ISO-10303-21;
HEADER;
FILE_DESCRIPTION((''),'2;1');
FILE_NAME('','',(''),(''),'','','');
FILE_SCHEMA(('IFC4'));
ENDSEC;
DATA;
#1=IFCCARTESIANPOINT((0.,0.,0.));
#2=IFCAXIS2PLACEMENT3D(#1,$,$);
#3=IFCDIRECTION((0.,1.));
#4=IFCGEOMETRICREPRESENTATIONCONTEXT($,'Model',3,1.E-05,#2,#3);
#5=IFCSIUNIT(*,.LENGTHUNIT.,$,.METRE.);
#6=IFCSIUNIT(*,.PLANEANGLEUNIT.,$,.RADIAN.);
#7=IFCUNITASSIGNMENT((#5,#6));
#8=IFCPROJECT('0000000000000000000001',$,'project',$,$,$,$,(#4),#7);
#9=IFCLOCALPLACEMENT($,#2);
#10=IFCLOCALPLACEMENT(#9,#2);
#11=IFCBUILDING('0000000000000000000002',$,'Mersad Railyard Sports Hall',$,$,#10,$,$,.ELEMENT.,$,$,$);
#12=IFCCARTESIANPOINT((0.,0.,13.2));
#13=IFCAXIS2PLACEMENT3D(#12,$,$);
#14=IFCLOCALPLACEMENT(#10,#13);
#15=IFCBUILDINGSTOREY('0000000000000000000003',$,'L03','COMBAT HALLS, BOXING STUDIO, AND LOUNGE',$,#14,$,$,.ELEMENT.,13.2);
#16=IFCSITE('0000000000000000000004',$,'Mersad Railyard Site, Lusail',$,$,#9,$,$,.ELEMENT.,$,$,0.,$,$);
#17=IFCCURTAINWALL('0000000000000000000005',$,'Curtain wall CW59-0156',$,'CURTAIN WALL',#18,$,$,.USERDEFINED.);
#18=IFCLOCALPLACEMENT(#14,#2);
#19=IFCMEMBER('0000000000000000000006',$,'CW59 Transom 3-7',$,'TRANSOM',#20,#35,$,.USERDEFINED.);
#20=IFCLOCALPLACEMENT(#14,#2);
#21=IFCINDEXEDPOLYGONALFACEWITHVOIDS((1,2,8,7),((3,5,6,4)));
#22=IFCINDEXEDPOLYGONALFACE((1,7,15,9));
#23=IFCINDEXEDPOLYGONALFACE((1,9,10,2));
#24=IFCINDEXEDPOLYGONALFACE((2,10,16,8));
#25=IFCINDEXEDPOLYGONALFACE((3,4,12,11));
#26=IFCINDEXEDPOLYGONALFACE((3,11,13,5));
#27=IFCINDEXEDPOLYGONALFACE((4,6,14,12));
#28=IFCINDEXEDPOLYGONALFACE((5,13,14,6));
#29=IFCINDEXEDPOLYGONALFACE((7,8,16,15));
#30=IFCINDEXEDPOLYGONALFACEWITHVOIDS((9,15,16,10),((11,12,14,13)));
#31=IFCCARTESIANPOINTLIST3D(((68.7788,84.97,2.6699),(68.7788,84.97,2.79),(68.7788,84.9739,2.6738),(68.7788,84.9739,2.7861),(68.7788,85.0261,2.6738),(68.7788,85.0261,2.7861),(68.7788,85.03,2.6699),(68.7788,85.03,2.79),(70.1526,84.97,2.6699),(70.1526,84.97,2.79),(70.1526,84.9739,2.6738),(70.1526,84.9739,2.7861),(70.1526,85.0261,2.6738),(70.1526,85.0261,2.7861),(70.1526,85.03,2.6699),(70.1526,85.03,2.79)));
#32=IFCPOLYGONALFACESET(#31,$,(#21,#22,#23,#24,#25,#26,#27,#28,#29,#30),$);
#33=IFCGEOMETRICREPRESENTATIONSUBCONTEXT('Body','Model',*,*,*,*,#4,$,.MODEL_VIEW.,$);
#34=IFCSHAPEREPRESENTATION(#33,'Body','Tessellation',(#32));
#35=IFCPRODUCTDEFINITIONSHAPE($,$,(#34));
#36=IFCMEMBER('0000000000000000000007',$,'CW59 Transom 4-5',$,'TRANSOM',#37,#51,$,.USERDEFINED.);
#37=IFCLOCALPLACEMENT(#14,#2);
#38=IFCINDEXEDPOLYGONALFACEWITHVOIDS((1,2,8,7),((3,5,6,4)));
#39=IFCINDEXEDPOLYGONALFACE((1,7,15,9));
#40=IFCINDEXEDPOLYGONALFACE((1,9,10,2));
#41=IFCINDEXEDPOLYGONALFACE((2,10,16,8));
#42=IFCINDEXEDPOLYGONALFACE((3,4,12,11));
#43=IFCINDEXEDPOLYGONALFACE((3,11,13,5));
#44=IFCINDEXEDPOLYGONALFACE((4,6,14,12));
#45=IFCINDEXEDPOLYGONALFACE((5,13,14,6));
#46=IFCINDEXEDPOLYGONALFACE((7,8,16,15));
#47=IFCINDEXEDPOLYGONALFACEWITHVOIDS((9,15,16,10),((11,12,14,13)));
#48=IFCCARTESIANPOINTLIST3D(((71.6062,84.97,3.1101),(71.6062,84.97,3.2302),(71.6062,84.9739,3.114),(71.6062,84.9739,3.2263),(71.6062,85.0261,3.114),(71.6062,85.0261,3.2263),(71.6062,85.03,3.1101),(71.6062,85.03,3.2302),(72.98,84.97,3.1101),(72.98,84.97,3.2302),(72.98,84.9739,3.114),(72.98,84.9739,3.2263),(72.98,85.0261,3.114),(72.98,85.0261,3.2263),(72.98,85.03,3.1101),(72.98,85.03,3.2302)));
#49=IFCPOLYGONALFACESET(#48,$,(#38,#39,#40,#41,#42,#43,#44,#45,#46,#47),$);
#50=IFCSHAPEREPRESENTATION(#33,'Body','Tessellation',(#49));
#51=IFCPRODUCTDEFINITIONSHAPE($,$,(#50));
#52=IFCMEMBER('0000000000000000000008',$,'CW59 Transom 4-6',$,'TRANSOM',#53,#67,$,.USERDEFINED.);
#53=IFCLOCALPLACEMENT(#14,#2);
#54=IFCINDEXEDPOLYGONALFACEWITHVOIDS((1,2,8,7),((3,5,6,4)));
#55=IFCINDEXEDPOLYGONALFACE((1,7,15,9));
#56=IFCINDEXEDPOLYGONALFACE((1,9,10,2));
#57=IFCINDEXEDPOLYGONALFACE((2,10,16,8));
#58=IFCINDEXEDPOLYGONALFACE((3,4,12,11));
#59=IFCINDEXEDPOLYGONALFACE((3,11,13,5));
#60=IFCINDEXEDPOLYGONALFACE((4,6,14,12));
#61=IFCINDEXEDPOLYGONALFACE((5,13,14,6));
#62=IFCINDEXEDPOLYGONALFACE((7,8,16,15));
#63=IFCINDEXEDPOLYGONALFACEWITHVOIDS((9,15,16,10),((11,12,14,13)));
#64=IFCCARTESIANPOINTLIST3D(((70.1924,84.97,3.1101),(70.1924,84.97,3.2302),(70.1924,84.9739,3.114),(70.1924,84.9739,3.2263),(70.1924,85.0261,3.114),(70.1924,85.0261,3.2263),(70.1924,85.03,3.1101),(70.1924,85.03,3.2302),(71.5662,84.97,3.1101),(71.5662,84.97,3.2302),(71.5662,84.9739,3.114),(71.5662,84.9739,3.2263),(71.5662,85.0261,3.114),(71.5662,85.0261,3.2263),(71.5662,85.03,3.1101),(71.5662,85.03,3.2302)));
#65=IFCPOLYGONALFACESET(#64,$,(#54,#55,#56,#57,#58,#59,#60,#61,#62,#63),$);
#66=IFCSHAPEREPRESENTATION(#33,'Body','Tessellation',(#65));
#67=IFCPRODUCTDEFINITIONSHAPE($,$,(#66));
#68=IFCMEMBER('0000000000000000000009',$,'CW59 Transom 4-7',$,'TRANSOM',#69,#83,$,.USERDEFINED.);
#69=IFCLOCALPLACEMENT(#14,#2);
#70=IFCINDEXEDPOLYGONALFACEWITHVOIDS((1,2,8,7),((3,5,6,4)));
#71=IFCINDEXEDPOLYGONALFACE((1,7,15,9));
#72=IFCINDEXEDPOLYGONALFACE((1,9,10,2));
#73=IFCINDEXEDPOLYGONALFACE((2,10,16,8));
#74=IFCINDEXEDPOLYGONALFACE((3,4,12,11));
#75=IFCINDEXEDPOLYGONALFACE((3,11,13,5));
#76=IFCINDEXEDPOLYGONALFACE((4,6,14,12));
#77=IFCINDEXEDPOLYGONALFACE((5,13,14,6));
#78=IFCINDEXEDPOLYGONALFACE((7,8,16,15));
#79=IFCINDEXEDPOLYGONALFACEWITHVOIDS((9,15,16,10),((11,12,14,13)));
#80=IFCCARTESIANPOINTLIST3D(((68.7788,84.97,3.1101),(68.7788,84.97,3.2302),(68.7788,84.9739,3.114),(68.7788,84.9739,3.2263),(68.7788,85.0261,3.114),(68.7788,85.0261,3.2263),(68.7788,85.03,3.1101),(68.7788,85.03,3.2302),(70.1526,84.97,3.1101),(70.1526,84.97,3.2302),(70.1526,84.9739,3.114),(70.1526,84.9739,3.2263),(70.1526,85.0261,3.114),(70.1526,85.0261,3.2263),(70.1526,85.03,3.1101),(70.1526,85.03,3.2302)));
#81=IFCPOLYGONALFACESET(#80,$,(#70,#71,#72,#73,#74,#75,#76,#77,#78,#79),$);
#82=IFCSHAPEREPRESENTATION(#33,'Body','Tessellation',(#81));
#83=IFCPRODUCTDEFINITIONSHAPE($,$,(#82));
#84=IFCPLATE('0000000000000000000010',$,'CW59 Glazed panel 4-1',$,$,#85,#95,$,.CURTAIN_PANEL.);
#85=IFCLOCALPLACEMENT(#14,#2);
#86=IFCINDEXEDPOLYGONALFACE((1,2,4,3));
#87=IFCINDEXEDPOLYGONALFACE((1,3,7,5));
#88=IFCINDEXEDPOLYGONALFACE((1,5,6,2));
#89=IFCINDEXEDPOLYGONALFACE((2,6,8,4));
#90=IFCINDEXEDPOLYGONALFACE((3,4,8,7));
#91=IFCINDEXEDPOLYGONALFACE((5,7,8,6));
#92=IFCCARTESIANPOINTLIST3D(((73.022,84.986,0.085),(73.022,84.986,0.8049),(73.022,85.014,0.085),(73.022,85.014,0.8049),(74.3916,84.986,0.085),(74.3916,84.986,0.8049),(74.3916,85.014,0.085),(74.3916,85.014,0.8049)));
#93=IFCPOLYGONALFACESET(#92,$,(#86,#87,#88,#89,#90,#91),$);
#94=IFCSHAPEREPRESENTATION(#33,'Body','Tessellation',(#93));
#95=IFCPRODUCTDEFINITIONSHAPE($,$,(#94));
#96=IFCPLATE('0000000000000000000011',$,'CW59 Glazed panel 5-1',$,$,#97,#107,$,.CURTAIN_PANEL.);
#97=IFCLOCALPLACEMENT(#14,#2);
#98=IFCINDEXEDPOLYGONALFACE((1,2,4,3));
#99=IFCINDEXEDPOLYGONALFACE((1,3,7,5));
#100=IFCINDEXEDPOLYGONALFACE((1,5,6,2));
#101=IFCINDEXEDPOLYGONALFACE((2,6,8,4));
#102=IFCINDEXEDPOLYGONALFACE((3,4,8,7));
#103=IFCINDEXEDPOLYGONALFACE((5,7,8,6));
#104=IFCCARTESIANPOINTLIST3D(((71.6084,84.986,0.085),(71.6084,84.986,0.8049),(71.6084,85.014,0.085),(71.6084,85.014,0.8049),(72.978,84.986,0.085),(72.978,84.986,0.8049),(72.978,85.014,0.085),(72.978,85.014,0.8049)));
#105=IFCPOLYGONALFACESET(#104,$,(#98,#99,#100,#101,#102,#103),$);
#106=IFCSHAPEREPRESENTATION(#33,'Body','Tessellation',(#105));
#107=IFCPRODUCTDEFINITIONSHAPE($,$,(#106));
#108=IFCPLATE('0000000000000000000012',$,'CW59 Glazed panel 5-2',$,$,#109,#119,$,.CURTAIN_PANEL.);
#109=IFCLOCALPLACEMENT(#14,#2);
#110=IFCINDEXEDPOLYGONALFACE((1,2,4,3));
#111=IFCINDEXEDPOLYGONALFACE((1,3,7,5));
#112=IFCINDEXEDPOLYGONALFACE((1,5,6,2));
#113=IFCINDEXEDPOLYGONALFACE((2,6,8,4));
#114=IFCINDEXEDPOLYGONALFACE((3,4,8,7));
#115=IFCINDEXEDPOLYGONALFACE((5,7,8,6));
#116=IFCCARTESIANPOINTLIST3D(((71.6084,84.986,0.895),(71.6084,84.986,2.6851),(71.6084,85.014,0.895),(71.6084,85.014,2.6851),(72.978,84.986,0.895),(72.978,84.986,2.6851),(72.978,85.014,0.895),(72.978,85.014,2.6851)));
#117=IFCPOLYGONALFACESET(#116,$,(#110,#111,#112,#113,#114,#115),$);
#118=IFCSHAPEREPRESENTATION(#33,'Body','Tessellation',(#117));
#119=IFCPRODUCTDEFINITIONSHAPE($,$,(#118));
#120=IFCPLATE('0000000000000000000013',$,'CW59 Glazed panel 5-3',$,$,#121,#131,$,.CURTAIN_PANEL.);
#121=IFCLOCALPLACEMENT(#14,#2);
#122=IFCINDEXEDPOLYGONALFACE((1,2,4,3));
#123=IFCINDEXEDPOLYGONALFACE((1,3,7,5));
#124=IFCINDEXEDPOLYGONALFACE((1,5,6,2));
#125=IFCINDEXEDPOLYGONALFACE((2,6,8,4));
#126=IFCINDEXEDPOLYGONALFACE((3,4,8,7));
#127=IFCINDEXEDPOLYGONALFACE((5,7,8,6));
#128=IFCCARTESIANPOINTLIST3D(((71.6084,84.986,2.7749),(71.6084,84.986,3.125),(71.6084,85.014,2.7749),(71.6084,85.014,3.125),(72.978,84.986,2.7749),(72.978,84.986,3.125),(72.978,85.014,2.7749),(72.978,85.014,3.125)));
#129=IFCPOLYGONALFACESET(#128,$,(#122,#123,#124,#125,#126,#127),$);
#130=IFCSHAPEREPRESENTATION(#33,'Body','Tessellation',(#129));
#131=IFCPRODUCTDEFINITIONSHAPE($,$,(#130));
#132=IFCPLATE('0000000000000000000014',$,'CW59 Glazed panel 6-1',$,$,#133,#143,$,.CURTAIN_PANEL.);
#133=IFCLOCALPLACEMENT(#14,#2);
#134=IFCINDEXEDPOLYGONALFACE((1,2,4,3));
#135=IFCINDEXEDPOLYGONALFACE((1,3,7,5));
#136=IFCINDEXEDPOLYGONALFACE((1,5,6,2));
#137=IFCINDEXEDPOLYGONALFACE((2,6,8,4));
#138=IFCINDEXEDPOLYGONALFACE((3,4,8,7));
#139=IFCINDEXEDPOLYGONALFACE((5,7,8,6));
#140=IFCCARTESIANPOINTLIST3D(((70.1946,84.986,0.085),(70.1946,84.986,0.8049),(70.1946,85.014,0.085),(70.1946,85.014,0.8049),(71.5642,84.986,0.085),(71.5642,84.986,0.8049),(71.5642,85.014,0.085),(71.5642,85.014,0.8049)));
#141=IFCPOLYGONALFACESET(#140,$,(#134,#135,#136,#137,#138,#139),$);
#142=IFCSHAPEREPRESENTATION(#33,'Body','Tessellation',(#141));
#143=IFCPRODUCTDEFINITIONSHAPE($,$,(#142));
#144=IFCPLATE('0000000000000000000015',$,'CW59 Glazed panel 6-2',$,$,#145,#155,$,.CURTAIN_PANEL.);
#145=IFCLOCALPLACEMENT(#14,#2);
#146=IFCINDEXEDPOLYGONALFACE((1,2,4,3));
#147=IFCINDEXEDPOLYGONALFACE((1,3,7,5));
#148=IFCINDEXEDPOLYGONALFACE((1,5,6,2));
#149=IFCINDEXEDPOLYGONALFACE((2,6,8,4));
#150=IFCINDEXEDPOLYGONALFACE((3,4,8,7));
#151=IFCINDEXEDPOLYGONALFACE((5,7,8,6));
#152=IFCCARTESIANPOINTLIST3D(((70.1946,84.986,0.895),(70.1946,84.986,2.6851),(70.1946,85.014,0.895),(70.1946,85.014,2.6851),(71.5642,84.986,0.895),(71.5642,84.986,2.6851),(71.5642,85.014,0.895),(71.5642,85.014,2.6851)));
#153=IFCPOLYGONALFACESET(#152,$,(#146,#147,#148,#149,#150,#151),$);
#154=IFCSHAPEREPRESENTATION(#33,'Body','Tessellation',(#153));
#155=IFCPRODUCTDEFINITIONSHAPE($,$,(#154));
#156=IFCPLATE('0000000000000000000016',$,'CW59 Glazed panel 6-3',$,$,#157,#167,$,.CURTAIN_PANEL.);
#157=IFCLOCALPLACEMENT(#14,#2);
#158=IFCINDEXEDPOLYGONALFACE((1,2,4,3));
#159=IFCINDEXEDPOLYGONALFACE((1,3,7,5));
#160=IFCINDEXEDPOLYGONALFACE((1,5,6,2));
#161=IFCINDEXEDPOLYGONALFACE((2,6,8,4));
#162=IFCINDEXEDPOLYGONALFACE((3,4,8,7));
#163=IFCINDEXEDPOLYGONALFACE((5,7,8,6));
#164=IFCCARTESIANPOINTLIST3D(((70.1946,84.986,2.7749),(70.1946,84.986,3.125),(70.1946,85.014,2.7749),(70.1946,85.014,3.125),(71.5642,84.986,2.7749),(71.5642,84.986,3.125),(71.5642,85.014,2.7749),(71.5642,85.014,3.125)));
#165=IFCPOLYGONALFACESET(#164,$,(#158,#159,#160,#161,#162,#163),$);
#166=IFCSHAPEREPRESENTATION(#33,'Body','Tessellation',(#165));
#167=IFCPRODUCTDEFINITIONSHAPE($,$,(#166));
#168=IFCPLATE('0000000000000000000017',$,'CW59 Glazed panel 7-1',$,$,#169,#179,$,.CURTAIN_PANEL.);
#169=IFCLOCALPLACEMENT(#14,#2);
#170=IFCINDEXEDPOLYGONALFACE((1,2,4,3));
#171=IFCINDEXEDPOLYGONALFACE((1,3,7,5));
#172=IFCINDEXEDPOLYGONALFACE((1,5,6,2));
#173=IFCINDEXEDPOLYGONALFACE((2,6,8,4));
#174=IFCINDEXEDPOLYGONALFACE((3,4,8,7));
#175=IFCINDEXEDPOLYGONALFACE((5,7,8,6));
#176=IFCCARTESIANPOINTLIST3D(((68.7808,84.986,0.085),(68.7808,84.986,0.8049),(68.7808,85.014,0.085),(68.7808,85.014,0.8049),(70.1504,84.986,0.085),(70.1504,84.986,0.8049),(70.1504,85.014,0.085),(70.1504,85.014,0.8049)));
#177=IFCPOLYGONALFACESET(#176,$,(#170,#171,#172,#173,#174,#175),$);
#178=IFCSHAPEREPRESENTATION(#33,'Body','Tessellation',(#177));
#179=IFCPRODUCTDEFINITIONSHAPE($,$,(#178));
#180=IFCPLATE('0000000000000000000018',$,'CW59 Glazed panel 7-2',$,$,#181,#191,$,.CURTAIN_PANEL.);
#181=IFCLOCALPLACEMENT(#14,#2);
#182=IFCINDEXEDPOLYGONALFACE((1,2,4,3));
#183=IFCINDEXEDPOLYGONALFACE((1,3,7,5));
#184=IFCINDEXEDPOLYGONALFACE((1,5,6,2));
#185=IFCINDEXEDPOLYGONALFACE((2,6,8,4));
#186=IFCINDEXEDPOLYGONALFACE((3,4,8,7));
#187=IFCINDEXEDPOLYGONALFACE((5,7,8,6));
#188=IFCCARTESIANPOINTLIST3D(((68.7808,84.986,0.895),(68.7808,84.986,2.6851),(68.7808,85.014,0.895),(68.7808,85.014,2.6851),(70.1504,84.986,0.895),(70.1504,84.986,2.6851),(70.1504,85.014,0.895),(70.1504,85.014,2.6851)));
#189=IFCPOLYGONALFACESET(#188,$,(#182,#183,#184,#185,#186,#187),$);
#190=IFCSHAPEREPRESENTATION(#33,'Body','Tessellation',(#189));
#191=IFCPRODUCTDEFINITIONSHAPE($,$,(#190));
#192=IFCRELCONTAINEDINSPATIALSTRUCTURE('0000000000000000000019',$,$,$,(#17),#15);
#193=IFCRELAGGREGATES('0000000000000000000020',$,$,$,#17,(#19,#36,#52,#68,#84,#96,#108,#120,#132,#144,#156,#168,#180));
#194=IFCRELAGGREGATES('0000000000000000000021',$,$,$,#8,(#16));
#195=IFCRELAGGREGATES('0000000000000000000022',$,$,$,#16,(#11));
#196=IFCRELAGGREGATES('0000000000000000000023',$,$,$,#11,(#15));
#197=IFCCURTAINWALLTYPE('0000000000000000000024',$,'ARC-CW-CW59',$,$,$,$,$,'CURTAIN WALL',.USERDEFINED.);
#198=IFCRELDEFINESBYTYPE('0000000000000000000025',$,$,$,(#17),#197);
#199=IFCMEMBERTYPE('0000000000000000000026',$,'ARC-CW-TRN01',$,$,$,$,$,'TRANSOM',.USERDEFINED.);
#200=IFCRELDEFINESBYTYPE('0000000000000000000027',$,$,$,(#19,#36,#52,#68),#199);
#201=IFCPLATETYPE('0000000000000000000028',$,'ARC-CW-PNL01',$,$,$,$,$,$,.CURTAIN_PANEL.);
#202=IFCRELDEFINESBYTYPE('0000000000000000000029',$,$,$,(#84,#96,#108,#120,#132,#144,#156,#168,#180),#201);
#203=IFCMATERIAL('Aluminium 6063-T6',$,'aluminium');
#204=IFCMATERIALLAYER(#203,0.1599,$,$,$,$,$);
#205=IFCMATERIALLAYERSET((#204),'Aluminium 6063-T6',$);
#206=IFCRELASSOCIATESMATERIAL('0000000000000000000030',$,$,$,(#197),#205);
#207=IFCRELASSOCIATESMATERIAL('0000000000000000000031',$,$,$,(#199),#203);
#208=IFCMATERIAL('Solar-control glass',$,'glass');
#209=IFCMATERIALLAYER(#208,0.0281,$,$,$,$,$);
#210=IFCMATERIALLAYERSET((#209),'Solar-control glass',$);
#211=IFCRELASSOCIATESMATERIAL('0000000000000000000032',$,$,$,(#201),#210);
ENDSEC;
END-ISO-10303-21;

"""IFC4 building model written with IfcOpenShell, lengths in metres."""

from ifc_helpers import new_model, si_unit, direction, frame, origin, origin_2d, place, context, subcontext, project, spatial, rectangle, hollow_rectangle, extrude, material, layer, layer_set, material_profile, profile_set, type_object, element, aggregate, save


model = new_model("IFC4")

# Units and contexts
model_context = context("Model", 3, precision=1e-05, world=origin(), true_north=direction((0.0, 1.0)))
body_context = subcontext(model_context, "Body", "Model", "MODEL_VIEW")
ifc_project = project(units=[si_unit("LENGTHUNIT", "METRE"), si_unit("PLANEANGLEUNIT", "RADIAN")], contexts=[model_context])

# Site, building, storey
site_placement = place(None, origin())
site = spatial("IfcSite", under=ifc_project, at=site_placement, Name="Mersad Railyard Site, Lusail", CompositionType="ELEMENT", RefElevation=0.0)
building_placement = place(site_placement, origin())
building = spatial("IfcBuilding", under=site, at=building_placement, Name="Mersad Railyard Sports Hall", CompositionType="ELEMENT")
storey_placement = place(building_placement, frame((0.0, 0.0, 13.2)))
storey = spatial("IfcBuildingStorey", under=building, at=storey_placement, Name="L03", Description="COMBAT HALLS, BOXING STUDIO, AND LOUNGE", CompositionType="ELEMENT", Elevation=13.2)

# Curtain wall, members, plates
ifc_material_1 = material(Name="Aluminium 6063-T6", Category="aluminium")
ifc_layer_1 = layer(ifc_material_1, 0.1599)
ifc_layer_set_1 = layer_set([ifc_layer_1], Name="Aluminium 6063-T6")
curtain_wall_type = type_object("IfcCurtainWallType", Name="ARC-CW-CW59", ElementType="CURTAIN WALL", PredefinedType="USERDEFINED", material=ifc_layer_set_1)
curtain_wall_placement = place(storey_placement, origin())
curtain_wall = element("IfcCurtainWall", 1, at=curtain_wall_placement, inside=storey, type_object=curtain_wall_type, Name="Curtain wall CW59-0156", ObjectType="CURTAIN WALL", PredefinedType="USERDEFINED")
ifc_material_profile_1 = material_profile(ifc_material_1, hollow_rectangle(XDim=0.0601, YDim=0.1201, WallThickness=0.0039, at=origin_2d()), Name="AL TRANSOM 60x120x4")
ifc_profile_set_1 = profile_set([ifc_material_profile_1], Name="Aluminium 6063-T6")
member_type_1 = type_object("IfcMemberType", Name="ARC-CW-TRN01", ElementType="TRANSOM", PredefinedType="USERDEFINED", material=ifc_profile_set_1)
member_1_placement = place(storey_placement, frame((70.1526, 85.0, 2.73), z_axis=(-1.0, 0.0, 0.0), x_axis=(0.0, -1.0, 0.0)))
member_1 = element("IfcMember", 2, at=member_1_placement, type_object=member_type_1, Name="CW59 Transom 3-7", ObjectType="TRANSOM", PredefinedType="USERDEFINED", context=body_context, shape_type="SweptSolid", body=[
    extrude(hollow_rectangle(XDim=0.0601, YDim=0.1201, WallThickness=0.0039, at=origin_2d()), origin(), (0.0, 0.0, 1.0), 1.3738),
])
member_2_placement = place(storey_placement, frame((72.98, 85.0, 3.1702), z_axis=(-1.0, 0.0, 0.0), x_axis=(0.0, -1.0, 0.0)))
member_2 = element("IfcMember", 3, at=member_2_placement, type_object=member_type_1, Name="CW59 Transom 4-5", ObjectType="TRANSOM", PredefinedType="USERDEFINED", context=body_context, shape_type="SweptSolid", body=[
    extrude(hollow_rectangle(XDim=0.0601, YDim=0.1201, WallThickness=0.0039, at=origin_2d()), origin(), (0.0, 0.0, 1.0), 1.3738),
])
member_3_placement = place(storey_placement, frame((71.5662, 85.0, 3.1702), z_axis=(-1.0, 0.0, 0.0), x_axis=(0.0, -1.0, 0.0)))
member_3 = element("IfcMember", 4, at=member_3_placement, type_object=member_type_1, Name="CW59 Transom 4-6", ObjectType="TRANSOM", PredefinedType="USERDEFINED", context=body_context, shape_type="SweptSolid", body=[
    extrude(hollow_rectangle(XDim=0.0601, YDim=0.1201, WallThickness=0.0039, at=origin_2d()), origin(), (0.0, 0.0, 1.0), 1.3738),
])
member_4_placement = place(storey_placement, frame((70.1526, 85.0, 3.1702), z_axis=(-1.0, 0.0, 0.0), x_axis=(0.0, -1.0, 0.0)))
member_4 = element("IfcMember", 5, at=member_4_placement, type_object=member_type_1, Name="CW59 Transom 4-7", ObjectType="TRANSOM", PredefinedType="USERDEFINED", context=body_context, shape_type="SweptSolid", body=[
    extrude(hollow_rectangle(XDim=0.0601, YDim=0.1201, WallThickness=0.0039, at=origin_2d()), origin(), (0.0, 0.0, 1.0), 1.3738),
])
ifc_material_2 = material(Name="Solar-control glass", Category="glass")
ifc_layer_2 = layer(ifc_material_2, 0.0281)
ifc_layer_set_2 = layer_set([ifc_layer_2], Name="Solar-control glass")
plate_type = type_object("IfcPlateType", Name="ARC-CW-PNL01", PredefinedType="CURTAIN_PANEL", material=ifc_layer_set_2)
plate_1_placement = place(storey_placement, frame((73.7068, 85.0, 0.085), z_axis=(0.0, 0.0, 1.0), x_axis=(-1.0, 0.0, 0.0)))
plate_1 = element("IfcPlate", 6, at=plate_1_placement, type_object=plate_type, Name="CW59 Glazed panel 4-1", PredefinedType="CURTAIN_PANEL", context=body_context, shape_type="SweptSolid", body=[
    extrude(rectangle(XDim=1.3696, YDim=0.0281, at=origin_2d()), origin(), (0.0, 0.0, 1.0), 0.72),
])
plate_2_placement = place(storey_placement, frame((72.2932, 85.0, 0.085), z_axis=(0.0, 0.0, 1.0), x_axis=(-1.0, 0.0, 0.0)))
plate_2 = element("IfcPlate", 7, at=plate_2_placement, type_object=plate_type, Name="CW59 Glazed panel 5-1", PredefinedType="CURTAIN_PANEL", context=body_context, shape_type="SweptSolid", body=[
    extrude(rectangle(XDim=1.3696, YDim=0.0281, at=origin_2d()), origin(), (0.0, 0.0, 1.0), 0.72),
])
plate_3_placement = place(storey_placement, frame((72.2932, 85.0, 0.895), z_axis=(0.0, 0.0, 1.0), x_axis=(-1.0, 0.0, 0.0)))
plate_3 = element("IfcPlate", 8, at=plate_3_placement, type_object=plate_type, Name="CW59 Glazed panel 5-2", PredefinedType="CURTAIN_PANEL", context=body_context, shape_type="SweptSolid", body=[
    extrude(rectangle(XDim=1.3696, YDim=0.0281, at=origin_2d()), origin(), (0.0, 0.0, 1.0), 1.79),
])
plate_4_placement = place(storey_placement, frame((72.2932, 85.0, 2.7749), z_axis=(0.0, 0.0, 1.0), x_axis=(-1.0, 0.0, 0.0)))
plate_4 = element("IfcPlate", 9, at=plate_4_placement, type_object=plate_type, Name="CW59 Glazed panel 5-3", PredefinedType="CURTAIN_PANEL", context=body_context, shape_type="SweptSolid", body=[
    extrude(rectangle(XDim=1.3696, YDim=0.0281, at=origin_2d()), origin(), (0.0, 0.0, 1.0), 0.3501),
])
plate_5_placement = place(storey_placement, frame((70.8794, 85.0, 0.085), z_axis=(0.0, 0.0, 1.0), x_axis=(-1.0, 0.0, 0.0)))
plate_5 = element("IfcPlate", 10, at=plate_5_placement, type_object=plate_type, Name="CW59 Glazed panel 6-1", PredefinedType="CURTAIN_PANEL", context=body_context, shape_type="SweptSolid", body=[
    extrude(rectangle(XDim=1.3696, YDim=0.0281, at=origin_2d()), origin(), (0.0, 0.0, 1.0), 0.72),
])
plate_6_placement = place(storey_placement, frame((70.8794, 85.0, 0.895), z_axis=(0.0, 0.0, 1.0), x_axis=(-1.0, 0.0, 0.0)))
plate_6 = element("IfcPlate", 11, at=plate_6_placement, type_object=plate_type, Name="CW59 Glazed panel 6-2", PredefinedType="CURTAIN_PANEL", context=body_context, shape_type="SweptSolid", body=[
    extrude(rectangle(XDim=1.3696, YDim=0.0281, at=origin_2d()), origin(), (0.0, 0.0, 1.0), 1.79),
])
plate_7_placement = place(storey_placement, frame((70.8794, 85.0, 2.7749), z_axis=(0.0, 0.0, 1.0), x_axis=(-1.0, 0.0, 0.0)))
plate_7 = element("IfcPlate", 12, at=plate_7_placement, type_object=plate_type, Name="CW59 Glazed panel 6-3", PredefinedType="CURTAIN_PANEL", context=body_context, shape_type="SweptSolid", body=[
    extrude(rectangle(XDim=1.3696, YDim=0.0281, at=origin_2d()), origin(), (0.0, 0.0, 1.0), 0.3501),
])
plate_8_placement = place(storey_placement, frame((69.4656, 85.0, 0.085), z_axis=(0.0, 0.0, 1.0), x_axis=(-1.0, 0.0, 0.0)))
plate_8 = element("IfcPlate", 13, at=plate_8_placement, type_object=plate_type, Name="CW59 Glazed panel 7-1", PredefinedType="CURTAIN_PANEL", context=body_context, shape_type="SweptSolid", body=[
    extrude(rectangle(XDim=1.3696, YDim=0.0281, at=origin_2d()), origin(), (0.0, 0.0, 1.0), 0.72),
])
plate_9_placement = place(storey_placement, frame((69.4656, 85.0, 0.895), z_axis=(0.0, 0.0, 1.0), x_axis=(-1.0, 0.0, 0.0)))
plate_9 = element("IfcPlate", 14, at=plate_9_placement, type_object=plate_type, Name="CW59 Glazed panel 7-2", PredefinedType="CURTAIN_PANEL", context=body_context, shape_type="SweptSolid", body=[
    extrude(rectangle(XDim=1.3696, YDim=0.0281, at=origin_2d()), origin(), (0.0, 0.0, 1.0), 1.79),
])
aggregate(curtain_wall, [member_1, member_2, member_3, member_4, plate_1, plate_2, plate_3, plate_4, plate_5, plate_6, plate_7, plate_8, plate_9])

save(model, "model.ifc")
